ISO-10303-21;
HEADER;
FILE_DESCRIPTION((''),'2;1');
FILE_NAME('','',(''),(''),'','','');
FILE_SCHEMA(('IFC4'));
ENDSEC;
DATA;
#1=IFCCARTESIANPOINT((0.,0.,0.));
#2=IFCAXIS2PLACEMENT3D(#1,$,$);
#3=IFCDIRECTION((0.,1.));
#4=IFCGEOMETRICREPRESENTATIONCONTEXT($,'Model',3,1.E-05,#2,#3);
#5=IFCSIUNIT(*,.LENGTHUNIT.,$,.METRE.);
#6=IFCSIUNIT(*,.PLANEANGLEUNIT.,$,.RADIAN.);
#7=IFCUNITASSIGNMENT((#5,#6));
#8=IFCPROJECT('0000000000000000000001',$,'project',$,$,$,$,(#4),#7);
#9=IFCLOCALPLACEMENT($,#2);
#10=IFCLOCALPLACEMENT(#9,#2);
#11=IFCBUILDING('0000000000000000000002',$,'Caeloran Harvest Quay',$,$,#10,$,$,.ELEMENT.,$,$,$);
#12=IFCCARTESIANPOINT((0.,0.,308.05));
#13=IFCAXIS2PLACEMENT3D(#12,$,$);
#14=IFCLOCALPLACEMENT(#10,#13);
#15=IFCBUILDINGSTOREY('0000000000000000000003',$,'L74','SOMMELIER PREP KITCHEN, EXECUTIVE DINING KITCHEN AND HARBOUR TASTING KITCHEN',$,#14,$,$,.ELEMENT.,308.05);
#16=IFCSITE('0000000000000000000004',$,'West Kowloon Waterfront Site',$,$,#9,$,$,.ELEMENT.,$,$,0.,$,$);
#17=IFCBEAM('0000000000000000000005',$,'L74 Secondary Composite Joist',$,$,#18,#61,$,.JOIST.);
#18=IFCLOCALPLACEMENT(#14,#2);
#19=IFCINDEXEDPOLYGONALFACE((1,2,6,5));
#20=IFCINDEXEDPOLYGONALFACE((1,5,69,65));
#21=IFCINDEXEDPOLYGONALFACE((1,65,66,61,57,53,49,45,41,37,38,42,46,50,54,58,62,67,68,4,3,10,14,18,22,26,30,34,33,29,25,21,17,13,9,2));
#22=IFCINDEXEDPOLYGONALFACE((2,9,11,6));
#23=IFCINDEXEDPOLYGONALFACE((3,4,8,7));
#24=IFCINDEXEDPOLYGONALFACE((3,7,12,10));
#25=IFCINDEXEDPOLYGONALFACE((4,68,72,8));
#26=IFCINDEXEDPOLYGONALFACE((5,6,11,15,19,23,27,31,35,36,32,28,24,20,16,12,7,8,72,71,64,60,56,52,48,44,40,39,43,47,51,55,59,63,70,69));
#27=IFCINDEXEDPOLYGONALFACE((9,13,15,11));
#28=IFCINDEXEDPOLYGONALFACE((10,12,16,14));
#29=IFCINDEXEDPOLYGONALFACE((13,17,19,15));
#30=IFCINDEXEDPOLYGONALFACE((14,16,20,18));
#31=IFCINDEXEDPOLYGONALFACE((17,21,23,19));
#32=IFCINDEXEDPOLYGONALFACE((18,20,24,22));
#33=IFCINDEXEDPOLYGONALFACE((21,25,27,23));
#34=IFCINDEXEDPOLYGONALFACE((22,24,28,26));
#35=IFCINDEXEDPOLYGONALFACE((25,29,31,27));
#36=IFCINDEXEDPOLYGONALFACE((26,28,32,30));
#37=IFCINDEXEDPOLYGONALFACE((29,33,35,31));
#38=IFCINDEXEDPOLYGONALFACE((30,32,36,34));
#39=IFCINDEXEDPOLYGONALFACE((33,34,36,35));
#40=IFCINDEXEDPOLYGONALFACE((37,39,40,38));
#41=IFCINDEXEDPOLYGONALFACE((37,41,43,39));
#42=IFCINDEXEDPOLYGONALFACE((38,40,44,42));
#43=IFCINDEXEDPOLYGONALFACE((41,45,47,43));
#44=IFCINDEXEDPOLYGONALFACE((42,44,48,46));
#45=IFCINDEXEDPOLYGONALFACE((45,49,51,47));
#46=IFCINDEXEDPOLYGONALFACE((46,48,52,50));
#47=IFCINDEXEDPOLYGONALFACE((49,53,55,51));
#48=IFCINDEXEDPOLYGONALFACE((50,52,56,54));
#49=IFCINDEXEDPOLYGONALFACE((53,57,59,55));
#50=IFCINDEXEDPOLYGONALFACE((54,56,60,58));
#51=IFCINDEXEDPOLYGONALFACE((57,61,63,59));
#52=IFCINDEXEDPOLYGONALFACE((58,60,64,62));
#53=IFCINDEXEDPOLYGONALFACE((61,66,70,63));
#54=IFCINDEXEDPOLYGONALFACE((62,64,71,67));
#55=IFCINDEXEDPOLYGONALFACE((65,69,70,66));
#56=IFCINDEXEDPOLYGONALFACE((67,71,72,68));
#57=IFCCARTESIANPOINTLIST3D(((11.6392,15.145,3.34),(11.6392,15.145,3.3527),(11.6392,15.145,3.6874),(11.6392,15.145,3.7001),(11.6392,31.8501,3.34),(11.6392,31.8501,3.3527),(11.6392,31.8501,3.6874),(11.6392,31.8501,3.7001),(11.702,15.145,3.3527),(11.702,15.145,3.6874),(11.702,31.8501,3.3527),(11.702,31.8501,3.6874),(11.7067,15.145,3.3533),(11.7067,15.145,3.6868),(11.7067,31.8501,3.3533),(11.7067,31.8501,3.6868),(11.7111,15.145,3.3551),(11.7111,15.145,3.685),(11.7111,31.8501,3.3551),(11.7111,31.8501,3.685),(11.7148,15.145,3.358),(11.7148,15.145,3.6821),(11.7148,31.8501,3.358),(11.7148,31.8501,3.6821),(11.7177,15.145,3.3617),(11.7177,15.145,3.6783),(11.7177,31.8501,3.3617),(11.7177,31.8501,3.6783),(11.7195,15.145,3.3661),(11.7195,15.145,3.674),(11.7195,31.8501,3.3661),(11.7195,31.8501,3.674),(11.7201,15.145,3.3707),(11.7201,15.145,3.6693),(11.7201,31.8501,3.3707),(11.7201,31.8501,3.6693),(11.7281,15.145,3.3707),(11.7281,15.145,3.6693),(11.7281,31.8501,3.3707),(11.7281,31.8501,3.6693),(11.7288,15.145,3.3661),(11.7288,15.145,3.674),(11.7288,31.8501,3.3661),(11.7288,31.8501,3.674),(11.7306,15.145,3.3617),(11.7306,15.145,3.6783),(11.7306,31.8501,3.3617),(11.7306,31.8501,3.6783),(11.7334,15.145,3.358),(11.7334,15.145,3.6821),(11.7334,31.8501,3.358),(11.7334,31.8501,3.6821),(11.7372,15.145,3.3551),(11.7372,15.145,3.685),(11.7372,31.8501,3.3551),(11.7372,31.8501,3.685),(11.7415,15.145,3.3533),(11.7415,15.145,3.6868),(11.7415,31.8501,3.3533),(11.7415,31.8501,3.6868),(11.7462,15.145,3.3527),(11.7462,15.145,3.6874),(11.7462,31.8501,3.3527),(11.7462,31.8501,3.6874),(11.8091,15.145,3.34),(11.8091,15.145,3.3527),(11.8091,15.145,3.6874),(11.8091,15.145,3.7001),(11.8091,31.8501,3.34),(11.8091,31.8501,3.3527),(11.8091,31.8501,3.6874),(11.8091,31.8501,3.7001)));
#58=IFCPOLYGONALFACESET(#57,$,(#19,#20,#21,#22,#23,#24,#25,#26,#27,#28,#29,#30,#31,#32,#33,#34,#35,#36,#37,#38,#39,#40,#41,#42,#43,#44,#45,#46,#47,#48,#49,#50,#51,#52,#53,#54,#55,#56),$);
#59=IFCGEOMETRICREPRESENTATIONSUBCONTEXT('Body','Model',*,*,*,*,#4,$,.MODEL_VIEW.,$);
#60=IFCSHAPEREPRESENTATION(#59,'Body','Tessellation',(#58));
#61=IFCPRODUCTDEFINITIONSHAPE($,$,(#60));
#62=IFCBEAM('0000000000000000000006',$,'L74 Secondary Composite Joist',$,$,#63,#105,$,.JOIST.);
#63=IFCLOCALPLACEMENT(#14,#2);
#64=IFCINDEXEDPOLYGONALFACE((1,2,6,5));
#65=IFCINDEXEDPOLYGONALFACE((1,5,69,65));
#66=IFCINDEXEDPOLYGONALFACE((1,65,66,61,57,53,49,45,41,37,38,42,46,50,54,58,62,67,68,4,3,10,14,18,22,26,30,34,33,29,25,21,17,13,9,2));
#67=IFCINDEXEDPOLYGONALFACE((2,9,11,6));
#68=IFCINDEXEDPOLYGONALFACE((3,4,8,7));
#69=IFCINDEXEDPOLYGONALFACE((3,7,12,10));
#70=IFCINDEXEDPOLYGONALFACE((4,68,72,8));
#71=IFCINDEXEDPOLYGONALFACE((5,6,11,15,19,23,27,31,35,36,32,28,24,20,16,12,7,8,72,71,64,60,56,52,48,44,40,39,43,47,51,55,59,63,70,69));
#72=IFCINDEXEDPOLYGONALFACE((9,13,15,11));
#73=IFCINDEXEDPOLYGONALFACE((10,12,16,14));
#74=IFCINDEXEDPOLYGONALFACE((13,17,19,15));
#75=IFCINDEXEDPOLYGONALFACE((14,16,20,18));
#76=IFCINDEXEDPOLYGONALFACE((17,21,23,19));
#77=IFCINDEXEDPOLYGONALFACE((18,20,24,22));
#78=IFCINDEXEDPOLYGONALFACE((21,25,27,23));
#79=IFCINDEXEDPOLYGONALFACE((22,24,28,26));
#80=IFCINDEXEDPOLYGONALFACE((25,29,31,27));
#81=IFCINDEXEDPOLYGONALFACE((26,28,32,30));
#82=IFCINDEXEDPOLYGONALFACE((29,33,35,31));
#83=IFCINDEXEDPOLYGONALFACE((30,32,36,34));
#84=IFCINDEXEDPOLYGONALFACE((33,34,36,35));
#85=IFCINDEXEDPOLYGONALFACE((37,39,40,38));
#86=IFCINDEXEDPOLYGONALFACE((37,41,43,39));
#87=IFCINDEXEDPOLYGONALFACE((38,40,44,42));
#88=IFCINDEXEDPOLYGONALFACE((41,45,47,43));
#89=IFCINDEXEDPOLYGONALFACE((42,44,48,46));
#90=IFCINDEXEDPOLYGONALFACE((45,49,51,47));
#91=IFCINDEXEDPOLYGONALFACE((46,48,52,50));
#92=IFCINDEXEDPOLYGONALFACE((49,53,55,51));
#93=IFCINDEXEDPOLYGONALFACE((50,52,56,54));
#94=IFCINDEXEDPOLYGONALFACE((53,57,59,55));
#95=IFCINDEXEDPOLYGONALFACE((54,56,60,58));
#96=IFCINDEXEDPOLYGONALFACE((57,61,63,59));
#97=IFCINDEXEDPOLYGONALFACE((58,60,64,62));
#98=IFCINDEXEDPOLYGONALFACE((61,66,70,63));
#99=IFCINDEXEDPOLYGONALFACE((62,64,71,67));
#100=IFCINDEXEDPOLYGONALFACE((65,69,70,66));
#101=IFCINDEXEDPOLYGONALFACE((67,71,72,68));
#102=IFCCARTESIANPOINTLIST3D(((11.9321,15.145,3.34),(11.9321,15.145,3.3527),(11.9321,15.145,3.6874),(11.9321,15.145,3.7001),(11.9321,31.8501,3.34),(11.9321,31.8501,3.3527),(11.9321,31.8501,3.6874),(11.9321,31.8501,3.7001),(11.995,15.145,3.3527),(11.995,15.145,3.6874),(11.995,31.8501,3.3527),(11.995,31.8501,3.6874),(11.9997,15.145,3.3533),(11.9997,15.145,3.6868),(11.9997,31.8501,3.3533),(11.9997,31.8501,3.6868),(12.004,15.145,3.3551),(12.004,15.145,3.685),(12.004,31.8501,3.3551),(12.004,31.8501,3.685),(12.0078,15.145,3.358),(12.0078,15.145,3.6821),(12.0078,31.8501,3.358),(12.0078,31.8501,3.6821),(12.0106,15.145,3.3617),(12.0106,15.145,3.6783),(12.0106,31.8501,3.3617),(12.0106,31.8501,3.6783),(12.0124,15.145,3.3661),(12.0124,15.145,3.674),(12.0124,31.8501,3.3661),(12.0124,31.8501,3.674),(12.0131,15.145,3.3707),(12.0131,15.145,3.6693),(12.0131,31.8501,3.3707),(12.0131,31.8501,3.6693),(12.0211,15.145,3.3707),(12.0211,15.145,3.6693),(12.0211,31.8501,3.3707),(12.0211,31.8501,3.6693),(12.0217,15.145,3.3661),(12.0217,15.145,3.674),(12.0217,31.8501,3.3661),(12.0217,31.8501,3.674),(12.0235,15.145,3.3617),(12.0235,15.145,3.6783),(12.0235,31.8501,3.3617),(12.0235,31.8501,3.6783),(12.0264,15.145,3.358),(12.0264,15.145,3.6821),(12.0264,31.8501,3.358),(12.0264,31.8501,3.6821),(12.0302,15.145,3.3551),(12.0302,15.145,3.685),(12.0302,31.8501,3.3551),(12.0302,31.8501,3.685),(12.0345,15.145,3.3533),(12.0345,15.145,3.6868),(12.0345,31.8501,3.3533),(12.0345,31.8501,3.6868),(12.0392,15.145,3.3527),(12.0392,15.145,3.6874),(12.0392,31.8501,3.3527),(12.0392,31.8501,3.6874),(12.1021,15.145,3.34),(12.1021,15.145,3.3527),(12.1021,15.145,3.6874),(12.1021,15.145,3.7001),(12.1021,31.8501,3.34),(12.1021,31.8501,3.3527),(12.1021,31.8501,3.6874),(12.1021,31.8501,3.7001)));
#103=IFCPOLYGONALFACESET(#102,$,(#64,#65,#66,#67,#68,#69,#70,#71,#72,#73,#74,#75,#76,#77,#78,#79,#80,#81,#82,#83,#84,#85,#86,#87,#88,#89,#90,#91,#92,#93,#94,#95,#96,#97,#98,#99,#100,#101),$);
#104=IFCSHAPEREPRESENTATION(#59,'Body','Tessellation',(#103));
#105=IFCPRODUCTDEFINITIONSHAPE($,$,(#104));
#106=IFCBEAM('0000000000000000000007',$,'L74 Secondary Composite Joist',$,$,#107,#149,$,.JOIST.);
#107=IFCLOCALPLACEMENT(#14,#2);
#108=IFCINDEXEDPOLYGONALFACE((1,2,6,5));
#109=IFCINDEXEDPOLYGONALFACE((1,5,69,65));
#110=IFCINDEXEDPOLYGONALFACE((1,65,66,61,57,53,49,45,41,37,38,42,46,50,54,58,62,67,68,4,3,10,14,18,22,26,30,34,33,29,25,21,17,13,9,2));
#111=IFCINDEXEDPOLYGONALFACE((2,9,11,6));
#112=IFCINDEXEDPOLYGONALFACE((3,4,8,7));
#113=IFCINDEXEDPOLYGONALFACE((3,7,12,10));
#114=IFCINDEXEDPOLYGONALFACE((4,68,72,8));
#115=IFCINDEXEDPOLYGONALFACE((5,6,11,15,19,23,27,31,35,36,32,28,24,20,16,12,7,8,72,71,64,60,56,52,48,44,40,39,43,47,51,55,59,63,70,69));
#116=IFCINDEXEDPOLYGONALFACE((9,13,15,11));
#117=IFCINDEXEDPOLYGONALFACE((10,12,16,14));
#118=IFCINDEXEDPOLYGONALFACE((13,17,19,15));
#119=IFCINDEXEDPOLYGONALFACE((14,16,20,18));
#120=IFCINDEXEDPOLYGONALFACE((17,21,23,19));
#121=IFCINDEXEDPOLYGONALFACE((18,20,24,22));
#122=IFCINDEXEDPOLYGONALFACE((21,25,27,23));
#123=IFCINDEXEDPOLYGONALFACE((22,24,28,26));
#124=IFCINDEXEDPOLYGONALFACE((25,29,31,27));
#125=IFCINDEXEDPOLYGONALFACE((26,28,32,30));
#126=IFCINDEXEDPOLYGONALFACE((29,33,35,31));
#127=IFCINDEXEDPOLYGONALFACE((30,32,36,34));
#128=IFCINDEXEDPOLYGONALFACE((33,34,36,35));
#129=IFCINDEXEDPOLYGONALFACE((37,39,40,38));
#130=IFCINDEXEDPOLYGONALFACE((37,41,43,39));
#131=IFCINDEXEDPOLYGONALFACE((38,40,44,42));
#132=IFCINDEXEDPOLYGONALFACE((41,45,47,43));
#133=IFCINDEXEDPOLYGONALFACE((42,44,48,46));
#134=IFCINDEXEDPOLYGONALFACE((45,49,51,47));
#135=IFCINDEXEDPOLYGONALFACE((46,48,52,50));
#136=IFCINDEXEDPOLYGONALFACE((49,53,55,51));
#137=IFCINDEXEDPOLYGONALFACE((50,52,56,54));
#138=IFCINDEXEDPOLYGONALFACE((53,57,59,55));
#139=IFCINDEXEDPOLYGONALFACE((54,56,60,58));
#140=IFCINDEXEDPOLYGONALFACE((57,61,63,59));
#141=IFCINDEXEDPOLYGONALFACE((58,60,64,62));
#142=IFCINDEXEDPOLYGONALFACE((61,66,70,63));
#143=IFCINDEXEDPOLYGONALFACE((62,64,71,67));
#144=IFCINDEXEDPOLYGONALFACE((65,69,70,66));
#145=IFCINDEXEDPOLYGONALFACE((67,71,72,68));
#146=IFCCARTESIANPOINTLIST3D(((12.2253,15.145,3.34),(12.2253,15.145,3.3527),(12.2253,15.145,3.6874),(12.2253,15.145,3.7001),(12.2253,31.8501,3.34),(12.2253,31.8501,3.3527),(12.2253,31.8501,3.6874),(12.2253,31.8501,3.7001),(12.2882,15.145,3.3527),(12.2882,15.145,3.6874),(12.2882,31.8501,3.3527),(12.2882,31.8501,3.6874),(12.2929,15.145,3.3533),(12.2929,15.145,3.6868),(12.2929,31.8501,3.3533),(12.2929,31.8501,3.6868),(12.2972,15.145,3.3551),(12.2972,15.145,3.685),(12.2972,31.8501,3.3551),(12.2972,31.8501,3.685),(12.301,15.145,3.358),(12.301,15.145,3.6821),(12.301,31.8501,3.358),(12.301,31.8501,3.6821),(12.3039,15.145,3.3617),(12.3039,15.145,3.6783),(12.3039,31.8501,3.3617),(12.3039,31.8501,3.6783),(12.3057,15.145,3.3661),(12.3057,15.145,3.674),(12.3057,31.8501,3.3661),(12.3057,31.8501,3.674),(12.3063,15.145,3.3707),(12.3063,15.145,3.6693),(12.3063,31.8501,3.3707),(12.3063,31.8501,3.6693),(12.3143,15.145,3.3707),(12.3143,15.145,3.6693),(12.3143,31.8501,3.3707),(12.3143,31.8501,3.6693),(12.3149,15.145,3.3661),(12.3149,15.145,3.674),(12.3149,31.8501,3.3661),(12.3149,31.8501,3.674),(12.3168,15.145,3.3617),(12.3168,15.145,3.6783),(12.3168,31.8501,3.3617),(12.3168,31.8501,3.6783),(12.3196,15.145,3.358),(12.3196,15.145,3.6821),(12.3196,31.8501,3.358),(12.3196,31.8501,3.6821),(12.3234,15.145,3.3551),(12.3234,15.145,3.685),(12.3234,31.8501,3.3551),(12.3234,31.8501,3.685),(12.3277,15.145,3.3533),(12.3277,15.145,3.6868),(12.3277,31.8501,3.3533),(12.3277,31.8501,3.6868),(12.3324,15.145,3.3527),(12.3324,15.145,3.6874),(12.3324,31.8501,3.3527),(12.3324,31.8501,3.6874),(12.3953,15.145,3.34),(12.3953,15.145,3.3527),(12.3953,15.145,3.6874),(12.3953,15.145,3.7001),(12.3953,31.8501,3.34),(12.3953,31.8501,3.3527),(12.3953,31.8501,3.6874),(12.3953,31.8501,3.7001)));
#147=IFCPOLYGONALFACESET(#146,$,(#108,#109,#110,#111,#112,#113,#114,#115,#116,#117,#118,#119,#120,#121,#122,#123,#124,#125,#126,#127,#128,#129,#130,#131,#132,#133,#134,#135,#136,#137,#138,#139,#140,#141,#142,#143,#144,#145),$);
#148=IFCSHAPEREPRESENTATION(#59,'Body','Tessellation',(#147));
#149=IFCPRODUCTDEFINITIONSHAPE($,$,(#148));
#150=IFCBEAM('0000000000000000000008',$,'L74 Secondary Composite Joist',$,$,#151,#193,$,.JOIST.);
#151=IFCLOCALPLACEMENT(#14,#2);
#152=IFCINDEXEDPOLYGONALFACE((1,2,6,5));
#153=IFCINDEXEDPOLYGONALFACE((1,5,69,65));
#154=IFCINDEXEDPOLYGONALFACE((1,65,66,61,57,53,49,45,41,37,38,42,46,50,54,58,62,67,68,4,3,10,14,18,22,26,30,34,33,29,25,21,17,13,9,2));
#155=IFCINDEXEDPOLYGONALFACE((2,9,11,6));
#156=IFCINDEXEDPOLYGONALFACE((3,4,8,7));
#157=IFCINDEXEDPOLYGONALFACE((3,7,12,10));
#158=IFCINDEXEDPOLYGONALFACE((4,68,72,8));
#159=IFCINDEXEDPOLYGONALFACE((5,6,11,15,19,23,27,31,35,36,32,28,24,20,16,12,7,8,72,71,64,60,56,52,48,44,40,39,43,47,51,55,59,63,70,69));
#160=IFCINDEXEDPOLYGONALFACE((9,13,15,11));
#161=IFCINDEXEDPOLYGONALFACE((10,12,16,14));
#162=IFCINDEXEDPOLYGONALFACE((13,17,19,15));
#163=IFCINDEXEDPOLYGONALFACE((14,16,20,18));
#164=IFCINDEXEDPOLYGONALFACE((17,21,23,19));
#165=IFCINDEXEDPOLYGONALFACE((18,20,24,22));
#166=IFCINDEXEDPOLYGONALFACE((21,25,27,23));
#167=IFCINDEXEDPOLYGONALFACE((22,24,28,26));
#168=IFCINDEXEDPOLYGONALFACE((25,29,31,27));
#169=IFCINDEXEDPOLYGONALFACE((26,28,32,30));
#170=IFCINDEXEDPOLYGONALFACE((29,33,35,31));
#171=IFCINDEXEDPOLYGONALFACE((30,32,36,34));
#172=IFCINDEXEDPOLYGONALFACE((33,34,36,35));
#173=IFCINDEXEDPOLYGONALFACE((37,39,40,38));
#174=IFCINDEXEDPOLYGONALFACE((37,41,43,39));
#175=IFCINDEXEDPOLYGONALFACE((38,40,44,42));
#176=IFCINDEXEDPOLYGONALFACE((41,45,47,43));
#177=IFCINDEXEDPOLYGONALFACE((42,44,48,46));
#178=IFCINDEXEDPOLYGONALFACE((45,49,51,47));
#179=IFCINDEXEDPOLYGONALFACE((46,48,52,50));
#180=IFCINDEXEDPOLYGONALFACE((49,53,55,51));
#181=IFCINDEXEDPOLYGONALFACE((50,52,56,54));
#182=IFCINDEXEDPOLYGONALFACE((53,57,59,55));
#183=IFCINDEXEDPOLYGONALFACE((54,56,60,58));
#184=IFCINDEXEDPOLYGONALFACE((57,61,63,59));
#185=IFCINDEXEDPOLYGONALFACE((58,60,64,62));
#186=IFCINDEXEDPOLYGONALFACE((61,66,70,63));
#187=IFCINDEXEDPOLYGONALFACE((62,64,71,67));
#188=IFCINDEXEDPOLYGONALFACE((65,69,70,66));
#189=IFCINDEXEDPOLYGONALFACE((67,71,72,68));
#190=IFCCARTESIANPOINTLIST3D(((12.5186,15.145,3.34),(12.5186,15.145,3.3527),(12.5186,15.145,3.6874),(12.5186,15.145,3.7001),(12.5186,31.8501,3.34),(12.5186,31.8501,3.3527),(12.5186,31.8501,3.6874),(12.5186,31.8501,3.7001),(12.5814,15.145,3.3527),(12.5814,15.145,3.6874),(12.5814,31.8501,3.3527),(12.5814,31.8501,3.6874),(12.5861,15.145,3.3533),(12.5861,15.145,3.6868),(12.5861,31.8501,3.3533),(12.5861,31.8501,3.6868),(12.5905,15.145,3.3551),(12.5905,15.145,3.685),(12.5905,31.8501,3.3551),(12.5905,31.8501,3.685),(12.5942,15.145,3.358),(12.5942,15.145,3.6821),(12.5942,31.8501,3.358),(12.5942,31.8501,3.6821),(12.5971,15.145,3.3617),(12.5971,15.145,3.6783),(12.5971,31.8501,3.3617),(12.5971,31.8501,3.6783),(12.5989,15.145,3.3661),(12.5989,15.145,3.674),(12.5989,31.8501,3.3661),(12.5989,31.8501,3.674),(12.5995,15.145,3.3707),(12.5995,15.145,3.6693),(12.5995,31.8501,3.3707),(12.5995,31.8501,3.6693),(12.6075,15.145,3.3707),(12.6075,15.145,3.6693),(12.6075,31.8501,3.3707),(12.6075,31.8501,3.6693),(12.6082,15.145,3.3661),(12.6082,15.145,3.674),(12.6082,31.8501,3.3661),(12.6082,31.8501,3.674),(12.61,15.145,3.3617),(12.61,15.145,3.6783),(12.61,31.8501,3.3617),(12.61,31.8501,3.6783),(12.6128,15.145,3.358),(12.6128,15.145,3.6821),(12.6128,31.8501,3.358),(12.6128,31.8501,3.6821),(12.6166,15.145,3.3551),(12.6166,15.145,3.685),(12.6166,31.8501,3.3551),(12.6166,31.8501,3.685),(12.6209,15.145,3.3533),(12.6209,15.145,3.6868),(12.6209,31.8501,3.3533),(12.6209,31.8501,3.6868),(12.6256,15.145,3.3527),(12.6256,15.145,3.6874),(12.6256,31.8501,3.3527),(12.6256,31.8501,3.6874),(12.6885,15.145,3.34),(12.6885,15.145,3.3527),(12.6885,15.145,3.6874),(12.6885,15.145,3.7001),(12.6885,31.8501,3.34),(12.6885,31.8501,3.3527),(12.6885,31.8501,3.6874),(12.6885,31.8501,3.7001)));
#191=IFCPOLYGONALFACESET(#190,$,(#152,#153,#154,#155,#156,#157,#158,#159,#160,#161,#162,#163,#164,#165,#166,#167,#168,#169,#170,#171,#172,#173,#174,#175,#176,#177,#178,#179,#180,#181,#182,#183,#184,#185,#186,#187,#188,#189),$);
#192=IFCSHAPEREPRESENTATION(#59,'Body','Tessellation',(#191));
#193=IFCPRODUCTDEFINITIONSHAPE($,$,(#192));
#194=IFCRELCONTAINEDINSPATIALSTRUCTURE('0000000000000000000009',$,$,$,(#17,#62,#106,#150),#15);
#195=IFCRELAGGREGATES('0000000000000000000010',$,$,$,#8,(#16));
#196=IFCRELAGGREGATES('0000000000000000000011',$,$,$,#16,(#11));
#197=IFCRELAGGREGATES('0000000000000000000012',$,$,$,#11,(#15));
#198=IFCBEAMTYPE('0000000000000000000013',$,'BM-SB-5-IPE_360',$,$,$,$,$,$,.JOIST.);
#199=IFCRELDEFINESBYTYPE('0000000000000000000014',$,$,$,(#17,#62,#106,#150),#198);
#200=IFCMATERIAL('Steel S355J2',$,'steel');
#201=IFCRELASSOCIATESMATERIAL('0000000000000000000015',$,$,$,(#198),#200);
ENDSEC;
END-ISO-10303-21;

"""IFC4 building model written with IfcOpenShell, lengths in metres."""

from ifc_helpers import new_model, si_unit, direction, frame, origin, origin_2d, place, context, subcontext, project, spatial, i_section, extrude, material, material_profile, profile_set, type_object, element, save


model = new_model("IFC4")

# Units and contexts
model_context = context("Model", 3, precision=1e-05, world=origin(), true_north=direction((0.0, 1.0)))
body_context = subcontext(model_context, "Body", "Model", "MODEL_VIEW")
ifc_project = project(units=[si_unit("LENGTHUNIT", "METRE"), si_unit("PLANEANGLEUNIT", "RADIAN")], contexts=[model_context])

# Site, building, storey
site_placement = place(None, origin())
site = spatial("IfcSite", under=ifc_project, at=site_placement, Name="West Kowloon Waterfront Site", CompositionType="ELEMENT", RefElevation=0.0)
building_placement = place(site_placement, origin())
building = spatial("IfcBuilding", under=site, at=building_placement, Name="Caeloran Harvest Quay", CompositionType="ELEMENT")
storey_placement = place(building_placement, frame((0.0, 0.0, 308.05)))
storey = spatial("IfcBuildingStorey", under=building, at=storey_placement, Name="L74", Description="SOMMELIER PREP KITCHEN, EXECUTIVE DINING KITCHEN AND HARBOUR TASTING KITCHEN", CompositionType="ELEMENT", Elevation=308.05)

# Beams
ifc_material_1 = material(Name="Steel S355J2", Category="steel")
ifc_material_profile_1 = material_profile(ifc_material_1, i_section(OverallWidth=0.1699, OverallDepth=0.3601, WebThickness=0.0081, FlangeThickness=0.0127, FilletRadius=0.0181, at=origin_2d()), Name="IPE 360")
ifc_profile_set_1 = profile_set([ifc_material_profile_1], Name="Steel S355J2")
beam_type_1 = type_object("IfcBeamType", Name="BM-SB-5-IPE_360", PredefinedType="JOIST", material=ifc_profile_set_1)
for number, where, z_axis, x_axis, name in (
    (1, (11.7241, 15.145, 3.52), (0.0, 1.0, 0.0), (-1.0, 0.0, 0.0), "L74 Secondary Composite Joist"),
    (2, (12.0171, 15.145, 3.52), (0.0, 1.0, 0.0), (-1.0, 0.0, 0.0), "L74 Secondary Composite Joist"),
    (3, (12.3103, 15.145, 3.52), (0.0, 1.0, 0.0), (-1.0, 0.0, 0.0), "L74 Secondary Composite Joist"),
    (4, (12.6035, 15.145, 3.52), (0.0, 1.0, 0.0), (-1.0, 0.0, 0.0), "L74 Secondary Composite Joist"),
):
    element("IfcBeam", number, at=place(storey_placement, frame(where, z_axis=z_axis, x_axis=x_axis)), inside=storey, type_object=beam_type_1, Name=name, PredefinedType="JOIST", context=body_context, shape_type="SweptSolid", body=[
        extrude(i_section(OverallWidth=0.1699, OverallDepth=0.3601, WebThickness=0.0081, FlangeThickness=0.0127, FilletRadius=0.0181, at=origin_2d()), origin(), (0.0, 0.0, 1.0), 16.7051),
    ])

save(model, "model.ifc")
